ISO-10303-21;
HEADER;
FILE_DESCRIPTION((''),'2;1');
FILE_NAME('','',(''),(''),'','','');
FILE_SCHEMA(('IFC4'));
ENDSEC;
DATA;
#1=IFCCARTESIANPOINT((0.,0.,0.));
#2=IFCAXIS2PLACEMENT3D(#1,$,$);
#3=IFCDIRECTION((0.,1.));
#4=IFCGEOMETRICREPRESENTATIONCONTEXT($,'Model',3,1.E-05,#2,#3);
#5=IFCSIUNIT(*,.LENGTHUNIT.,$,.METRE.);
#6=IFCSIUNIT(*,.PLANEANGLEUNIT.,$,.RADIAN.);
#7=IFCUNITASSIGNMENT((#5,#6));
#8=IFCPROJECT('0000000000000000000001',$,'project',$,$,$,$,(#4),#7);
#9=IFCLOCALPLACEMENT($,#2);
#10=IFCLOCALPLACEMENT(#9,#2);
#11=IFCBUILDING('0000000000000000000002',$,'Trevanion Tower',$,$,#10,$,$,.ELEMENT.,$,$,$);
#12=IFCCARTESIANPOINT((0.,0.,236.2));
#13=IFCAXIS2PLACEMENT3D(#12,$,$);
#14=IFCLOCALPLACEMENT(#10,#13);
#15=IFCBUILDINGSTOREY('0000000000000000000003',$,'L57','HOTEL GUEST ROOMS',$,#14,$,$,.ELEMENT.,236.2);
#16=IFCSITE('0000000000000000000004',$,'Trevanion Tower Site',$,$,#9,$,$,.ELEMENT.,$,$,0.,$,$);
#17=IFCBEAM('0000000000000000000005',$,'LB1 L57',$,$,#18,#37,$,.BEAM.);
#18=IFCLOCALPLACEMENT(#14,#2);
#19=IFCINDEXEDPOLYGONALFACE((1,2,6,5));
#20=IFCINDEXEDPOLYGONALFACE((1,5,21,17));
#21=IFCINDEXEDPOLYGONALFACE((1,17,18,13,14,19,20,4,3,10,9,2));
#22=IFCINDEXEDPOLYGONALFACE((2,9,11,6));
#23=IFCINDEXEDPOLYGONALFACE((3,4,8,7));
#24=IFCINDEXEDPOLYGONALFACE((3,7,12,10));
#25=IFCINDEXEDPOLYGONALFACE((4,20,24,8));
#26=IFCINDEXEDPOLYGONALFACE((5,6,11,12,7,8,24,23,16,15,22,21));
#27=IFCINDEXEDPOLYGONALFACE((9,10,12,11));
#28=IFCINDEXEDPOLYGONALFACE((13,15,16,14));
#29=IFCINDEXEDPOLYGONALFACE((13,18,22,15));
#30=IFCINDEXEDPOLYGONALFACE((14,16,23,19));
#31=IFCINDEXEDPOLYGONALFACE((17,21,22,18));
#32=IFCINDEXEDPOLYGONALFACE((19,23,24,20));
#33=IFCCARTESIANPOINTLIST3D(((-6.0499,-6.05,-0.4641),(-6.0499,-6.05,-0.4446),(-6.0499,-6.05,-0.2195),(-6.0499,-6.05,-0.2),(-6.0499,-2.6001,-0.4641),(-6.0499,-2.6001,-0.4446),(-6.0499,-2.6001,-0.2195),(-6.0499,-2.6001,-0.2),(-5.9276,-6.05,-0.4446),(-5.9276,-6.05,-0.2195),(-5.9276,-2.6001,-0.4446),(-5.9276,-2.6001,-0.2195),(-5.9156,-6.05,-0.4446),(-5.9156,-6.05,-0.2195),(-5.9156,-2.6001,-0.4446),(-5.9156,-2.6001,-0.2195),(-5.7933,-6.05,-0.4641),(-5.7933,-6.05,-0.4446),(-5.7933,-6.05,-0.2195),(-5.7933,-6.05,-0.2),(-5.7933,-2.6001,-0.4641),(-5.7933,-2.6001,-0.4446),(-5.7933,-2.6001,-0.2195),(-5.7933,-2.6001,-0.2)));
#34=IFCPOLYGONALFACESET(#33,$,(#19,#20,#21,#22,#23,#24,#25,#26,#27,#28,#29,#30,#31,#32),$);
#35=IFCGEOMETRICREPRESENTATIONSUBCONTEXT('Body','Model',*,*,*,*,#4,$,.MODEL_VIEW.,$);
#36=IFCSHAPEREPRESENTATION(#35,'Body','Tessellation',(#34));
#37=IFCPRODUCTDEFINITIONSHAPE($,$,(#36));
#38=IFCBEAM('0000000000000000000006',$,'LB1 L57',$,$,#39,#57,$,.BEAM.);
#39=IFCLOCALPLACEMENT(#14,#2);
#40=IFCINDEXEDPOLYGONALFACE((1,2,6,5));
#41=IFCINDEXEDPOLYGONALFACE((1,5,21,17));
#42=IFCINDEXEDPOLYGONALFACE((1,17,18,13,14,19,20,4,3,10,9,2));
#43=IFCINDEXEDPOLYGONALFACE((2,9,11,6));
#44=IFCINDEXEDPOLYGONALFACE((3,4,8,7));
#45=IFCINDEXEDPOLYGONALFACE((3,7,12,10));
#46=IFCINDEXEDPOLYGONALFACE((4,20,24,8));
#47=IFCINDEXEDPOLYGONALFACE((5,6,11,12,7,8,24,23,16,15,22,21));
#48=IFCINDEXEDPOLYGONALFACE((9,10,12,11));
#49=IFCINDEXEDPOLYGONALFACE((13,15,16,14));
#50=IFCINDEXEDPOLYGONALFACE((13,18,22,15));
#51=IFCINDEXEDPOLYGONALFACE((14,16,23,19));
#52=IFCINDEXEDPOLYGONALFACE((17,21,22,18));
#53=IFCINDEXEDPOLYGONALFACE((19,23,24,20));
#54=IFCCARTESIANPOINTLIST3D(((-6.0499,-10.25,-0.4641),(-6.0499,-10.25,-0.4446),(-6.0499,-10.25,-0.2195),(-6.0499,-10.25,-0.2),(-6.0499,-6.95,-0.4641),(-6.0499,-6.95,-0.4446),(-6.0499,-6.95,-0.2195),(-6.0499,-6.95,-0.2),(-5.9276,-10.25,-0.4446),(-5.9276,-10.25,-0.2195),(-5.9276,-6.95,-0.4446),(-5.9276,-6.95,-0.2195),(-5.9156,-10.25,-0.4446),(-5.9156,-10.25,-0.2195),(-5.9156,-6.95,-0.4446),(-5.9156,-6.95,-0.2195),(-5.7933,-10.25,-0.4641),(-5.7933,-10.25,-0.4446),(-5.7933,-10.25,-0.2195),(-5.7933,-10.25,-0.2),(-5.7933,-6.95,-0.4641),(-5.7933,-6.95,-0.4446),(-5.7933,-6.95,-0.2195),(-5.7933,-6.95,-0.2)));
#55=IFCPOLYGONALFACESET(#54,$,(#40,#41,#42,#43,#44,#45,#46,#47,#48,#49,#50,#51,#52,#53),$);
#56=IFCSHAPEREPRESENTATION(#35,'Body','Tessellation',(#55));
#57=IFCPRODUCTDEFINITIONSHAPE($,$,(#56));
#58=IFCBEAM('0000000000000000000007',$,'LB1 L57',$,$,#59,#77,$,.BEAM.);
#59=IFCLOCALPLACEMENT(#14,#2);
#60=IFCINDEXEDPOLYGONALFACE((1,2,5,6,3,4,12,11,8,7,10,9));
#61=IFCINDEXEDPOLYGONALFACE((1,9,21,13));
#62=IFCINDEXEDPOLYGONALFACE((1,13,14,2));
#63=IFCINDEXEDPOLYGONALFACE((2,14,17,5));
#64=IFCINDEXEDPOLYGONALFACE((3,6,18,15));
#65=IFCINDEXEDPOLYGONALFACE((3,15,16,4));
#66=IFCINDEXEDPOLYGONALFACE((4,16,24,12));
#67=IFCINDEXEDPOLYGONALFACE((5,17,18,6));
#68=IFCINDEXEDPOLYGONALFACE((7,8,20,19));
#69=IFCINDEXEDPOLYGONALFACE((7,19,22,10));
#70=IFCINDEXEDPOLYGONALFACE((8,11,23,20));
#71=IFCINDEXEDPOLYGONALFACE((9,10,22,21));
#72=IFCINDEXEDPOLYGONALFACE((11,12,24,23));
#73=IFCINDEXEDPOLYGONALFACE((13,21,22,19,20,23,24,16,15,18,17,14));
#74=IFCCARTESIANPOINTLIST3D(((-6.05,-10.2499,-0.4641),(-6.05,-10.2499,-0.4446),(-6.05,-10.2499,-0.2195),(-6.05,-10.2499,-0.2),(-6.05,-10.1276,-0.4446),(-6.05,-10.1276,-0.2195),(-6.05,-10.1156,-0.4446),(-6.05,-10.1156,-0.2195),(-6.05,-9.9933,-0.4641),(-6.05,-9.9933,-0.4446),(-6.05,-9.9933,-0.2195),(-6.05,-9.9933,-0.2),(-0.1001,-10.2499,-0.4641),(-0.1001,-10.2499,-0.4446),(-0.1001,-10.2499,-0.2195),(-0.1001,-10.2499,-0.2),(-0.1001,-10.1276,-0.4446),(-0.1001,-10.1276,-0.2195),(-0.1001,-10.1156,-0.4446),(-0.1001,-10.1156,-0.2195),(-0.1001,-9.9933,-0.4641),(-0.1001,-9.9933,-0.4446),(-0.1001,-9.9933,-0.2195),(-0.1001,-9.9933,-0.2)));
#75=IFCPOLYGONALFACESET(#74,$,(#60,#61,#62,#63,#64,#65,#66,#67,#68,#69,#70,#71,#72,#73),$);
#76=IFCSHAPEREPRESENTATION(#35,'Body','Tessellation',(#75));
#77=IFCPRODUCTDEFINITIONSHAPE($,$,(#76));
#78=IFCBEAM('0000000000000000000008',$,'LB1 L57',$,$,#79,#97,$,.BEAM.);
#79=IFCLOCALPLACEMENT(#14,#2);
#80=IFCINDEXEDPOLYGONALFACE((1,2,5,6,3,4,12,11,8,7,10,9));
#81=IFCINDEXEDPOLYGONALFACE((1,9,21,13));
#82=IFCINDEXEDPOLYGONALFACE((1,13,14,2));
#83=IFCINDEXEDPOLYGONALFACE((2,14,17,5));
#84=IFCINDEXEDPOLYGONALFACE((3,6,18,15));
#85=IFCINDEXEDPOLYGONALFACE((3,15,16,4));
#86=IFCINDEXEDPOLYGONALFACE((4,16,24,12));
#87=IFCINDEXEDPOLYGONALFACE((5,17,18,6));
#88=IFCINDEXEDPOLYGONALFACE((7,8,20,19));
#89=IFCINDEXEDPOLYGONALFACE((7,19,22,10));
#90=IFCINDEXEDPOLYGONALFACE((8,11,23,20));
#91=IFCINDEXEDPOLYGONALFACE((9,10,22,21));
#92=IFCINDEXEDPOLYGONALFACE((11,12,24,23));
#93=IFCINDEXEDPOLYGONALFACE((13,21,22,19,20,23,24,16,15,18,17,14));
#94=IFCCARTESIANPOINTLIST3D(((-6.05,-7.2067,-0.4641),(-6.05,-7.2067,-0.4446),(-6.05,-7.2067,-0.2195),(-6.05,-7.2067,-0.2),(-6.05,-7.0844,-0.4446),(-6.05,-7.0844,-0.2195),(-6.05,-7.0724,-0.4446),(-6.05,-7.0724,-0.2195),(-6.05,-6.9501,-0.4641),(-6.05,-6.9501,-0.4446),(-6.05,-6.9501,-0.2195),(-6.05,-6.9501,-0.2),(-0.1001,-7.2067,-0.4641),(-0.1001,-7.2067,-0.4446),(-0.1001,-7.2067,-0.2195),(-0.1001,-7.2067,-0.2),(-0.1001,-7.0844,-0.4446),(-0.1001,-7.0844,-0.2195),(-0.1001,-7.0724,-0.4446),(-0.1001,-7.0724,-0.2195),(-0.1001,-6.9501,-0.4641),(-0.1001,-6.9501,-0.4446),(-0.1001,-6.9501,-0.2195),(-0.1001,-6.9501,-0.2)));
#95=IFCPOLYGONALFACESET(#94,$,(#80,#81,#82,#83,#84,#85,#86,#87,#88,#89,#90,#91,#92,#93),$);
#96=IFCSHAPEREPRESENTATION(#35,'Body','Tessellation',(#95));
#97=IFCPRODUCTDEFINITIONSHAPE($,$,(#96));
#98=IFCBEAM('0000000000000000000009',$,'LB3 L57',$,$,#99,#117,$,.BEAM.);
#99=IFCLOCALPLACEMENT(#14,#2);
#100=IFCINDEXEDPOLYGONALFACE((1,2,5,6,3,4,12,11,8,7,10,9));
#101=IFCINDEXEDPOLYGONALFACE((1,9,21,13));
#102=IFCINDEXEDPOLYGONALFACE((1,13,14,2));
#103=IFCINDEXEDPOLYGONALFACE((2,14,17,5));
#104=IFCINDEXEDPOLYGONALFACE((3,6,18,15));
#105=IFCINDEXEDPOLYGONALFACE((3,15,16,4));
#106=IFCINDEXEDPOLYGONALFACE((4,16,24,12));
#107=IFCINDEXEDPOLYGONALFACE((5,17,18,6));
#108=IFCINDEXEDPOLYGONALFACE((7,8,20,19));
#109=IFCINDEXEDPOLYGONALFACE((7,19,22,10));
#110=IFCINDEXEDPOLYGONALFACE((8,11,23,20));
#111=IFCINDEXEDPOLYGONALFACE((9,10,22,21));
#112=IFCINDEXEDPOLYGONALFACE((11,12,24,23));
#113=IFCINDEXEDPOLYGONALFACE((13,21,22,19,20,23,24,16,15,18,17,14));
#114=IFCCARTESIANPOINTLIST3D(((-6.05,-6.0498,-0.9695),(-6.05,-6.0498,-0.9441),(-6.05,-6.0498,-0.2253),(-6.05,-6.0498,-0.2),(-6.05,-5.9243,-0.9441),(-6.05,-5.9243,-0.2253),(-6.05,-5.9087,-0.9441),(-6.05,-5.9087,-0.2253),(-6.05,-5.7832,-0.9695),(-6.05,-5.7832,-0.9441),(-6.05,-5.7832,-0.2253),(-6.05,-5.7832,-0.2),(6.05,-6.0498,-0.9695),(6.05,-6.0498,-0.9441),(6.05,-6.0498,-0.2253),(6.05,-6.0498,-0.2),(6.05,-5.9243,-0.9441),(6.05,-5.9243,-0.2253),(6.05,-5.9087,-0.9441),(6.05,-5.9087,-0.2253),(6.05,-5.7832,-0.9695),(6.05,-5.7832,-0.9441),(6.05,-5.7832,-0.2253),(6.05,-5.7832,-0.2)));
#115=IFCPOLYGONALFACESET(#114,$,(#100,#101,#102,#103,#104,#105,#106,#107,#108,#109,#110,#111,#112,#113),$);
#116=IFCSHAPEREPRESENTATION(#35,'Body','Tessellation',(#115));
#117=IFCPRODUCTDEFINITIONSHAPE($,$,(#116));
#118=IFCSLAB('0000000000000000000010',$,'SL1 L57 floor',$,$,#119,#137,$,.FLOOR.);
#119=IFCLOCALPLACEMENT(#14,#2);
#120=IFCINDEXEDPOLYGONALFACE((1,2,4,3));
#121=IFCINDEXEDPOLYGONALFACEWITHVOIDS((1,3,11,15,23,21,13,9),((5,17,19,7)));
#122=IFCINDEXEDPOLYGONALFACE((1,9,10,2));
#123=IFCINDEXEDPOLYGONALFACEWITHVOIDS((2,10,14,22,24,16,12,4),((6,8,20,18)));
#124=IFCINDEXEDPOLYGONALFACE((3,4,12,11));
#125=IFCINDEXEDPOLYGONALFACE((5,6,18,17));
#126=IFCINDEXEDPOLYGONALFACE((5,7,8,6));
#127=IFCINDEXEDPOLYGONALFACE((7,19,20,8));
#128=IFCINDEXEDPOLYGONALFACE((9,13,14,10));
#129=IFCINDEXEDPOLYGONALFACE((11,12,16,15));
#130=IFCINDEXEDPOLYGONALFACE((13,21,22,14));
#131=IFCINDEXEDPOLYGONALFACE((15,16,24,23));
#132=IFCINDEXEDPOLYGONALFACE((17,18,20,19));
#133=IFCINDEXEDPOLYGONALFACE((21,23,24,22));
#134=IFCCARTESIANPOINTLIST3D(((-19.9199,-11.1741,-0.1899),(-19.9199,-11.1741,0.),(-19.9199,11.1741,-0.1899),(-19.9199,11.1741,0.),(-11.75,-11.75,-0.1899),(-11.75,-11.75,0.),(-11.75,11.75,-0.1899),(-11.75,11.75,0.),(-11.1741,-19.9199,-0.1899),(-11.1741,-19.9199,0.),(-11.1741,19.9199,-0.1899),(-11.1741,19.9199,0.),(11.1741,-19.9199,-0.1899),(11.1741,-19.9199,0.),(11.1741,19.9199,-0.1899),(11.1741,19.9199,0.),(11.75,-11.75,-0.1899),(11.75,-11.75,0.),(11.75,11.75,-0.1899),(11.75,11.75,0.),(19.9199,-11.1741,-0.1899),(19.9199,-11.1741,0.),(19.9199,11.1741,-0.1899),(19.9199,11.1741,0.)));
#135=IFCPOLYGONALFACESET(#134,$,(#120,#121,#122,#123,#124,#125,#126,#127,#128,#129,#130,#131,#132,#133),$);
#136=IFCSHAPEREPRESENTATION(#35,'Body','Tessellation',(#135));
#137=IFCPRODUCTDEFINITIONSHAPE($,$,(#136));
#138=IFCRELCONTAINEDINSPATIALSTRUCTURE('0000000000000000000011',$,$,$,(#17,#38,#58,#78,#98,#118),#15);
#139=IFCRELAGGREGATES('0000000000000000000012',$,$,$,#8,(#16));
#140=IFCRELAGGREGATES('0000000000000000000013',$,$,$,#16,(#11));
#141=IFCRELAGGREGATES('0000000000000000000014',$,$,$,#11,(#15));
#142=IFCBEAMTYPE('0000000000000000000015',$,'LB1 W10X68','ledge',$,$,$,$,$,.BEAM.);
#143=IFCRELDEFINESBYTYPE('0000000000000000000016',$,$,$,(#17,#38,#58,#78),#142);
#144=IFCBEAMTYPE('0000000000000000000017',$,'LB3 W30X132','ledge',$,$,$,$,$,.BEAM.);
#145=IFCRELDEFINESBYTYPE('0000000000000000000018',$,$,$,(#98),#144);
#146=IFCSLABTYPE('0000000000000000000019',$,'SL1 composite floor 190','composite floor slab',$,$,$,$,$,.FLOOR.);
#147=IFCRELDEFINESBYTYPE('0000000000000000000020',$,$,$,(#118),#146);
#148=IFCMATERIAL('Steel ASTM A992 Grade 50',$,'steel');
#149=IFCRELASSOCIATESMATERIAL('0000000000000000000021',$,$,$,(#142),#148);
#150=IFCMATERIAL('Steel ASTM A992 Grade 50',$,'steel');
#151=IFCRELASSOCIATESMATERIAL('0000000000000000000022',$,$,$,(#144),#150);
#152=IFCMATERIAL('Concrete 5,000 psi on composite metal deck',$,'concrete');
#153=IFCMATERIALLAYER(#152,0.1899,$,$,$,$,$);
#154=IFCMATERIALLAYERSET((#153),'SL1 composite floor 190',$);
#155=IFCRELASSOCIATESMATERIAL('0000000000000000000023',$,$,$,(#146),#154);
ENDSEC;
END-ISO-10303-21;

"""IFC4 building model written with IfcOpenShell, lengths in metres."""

from ifc_helpers import new_model, si_unit, direction, frame, origin, origin_2d, place, context, subcontext, project, spatial, polyline, i_section, outline, extrude, material, layer, layer_set, material_profile, profile_set, type_object, element, save


model = new_model("IFC4")

# Units and contexts
model_context = context("Model", 3, precision=1e-05, world=origin(), true_north=direction((0.0, 1.0)))
body_context = subcontext(model_context, "Body", "Model", "MODEL_VIEW")
ifc_project = project(units=[si_unit("LENGTHUNIT", "METRE"), si_unit("PLANEANGLEUNIT", "RADIAN")], contexts=[model_context])

# Site, building, storey
site_placement = place(None, origin())
site = spatial("IfcSite", under=ifc_project, at=site_placement, Name="Trevanion Tower Site", CompositionType="ELEMENT", RefElevation=0.0)
building_placement = place(site_placement, origin())
building = spatial("IfcBuilding", under=site, at=building_placement, Name="Trevanion Tower", CompositionType="ELEMENT")
storey_placement = place(building_placement, frame((0.0, 0.0, 236.2)))
storey = spatial("IfcBuildingStorey", under=building, at=storey_placement, Name="L57", Description="HOTEL GUEST ROOMS", CompositionType="ELEMENT", Elevation=236.2)

# Beams
ifc_material_1 = material(Name="Steel ASTM A992 Grade 50", Category="steel")
ifc_material_profile_1 = material_profile(ifc_material_1, i_section(OverallWidth=0.2566, OverallDepth=0.2642, WebThickness=0.012, FlangeThickness=0.0195, at=origin_2d()), Name="W10X68")
ifc_profile_set_1 = profile_set([ifc_material_profile_1], Name="Steel ASTM A992 Grade 50")
beam_type_1 = type_object("IfcBeamType", Name="LB1 W10X68", Description="ledge", PredefinedType="BEAM", material=ifc_profile_set_1)
beam_1_placement = place(storey_placement, frame((-5.9216, -6.05, -0.332), z_axis=(0.0, 1.0, 0.0), x_axis=(-1.0, 0.0, 0.0)))
element("IfcBeam", 1, at=beam_1_placement, inside=storey, type_object=beam_type_1, Name="LB1 L57", PredefinedType="BEAM", context=body_context, shape_type="SweptSolid", body=[
    extrude(i_section(OverallWidth=0.2566, OverallDepth=0.2642, WebThickness=0.012, FlangeThickness=0.0195, at=origin_2d()), origin(), (0.0, 0.0, 1.0), 3.45),
])
beam_2_placement = place(storey_placement, frame((-5.9216, -10.25, -0.332), z_axis=(0.0, 1.0, 0.0), x_axis=(-1.0, 0.0, 0.0)))
element("IfcBeam", 2, at=beam_2_placement, inside=storey, type_object=beam_type_1, Name="LB1 L57", PredefinedType="BEAM", context=body_context, shape_type="SweptSolid", body=[
    extrude(i_section(OverallWidth=0.2566, OverallDepth=0.2642, WebThickness=0.012, FlangeThickness=0.0195, at=origin_2d()), origin(), (0.0, 0.0, 1.0), 3.3),
])
for number, where, z_axis, x_axis, name in (
    (3, (-6.05, -10.1216, -0.332), (1.0, 0.0, 0.0), (0.0, 1.0, 0.0), "LB1 L57"),
    (4, (-6.05, -7.0784, -0.332), (1.0, 0.0, 0.0), (0.0, 1.0, 0.0), "LB1 L57"),
):
    element("IfcBeam", number, at=place(storey_placement, frame(where, z_axis=z_axis, x_axis=x_axis)), inside=storey, type_object=beam_type_1, Name=name, PredefinedType="BEAM", context=body_context, shape_type="SweptSolid", body=[
        extrude(i_section(OverallWidth=0.2566, OverallDepth=0.2642, WebThickness=0.012, FlangeThickness=0.0195, at=origin_2d()), origin(), (0.0, 0.0, 1.0), 5.95),
    ])
ifc_material_2 = material(Name="Steel ASTM A992 Grade 50", Category="steel")
ifc_material_profile_2 = material_profile(ifc_material_2, i_section(OverallWidth=0.2666, OverallDepth=0.7695, WebThickness=0.0156, FlangeThickness=0.0254, at=origin_2d()), Name="W30X132")
ifc_profile_set_2 = profile_set([ifc_material_profile_2], Name="Steel ASTM A992 Grade 50")
beam_type_2 = type_object("IfcBeamType", Name="LB3 W30X132", Description="ledge", PredefinedType="BEAM", material=ifc_profile_set_2)
beam_3_placement = place(storey_placement, frame((-6.05, -5.9165, -0.5847), z_axis=(1.0, 0.0, 0.0), x_axis=(0.0, 1.0, 0.0)))
element("IfcBeam", 5, at=beam_3_placement, inside=storey, type_object=beam_type_2, Name="LB3 L57", PredefinedType="BEAM", context=body_context, shape_type="SweptSolid", body=[
    extrude(i_section(OverallWidth=0.2666, OverallDepth=0.7695, WebThickness=0.0156, FlangeThickness=0.0254, at=origin_2d()), origin(), (0.0, 0.0, 1.0), 12.1001),
])

# Slab
ifc_material_3 = material(Name="Concrete 5,000 psi on composite metal deck", Category="concrete")
ifc_layer_1 = layer(ifc_material_3, 0.1899)
ifc_layer_set_1 = layer_set([ifc_layer_1], Name="SL1 composite floor 190")
slab_type = type_object("IfcSlabType", Name="SL1 composite floor 190", Description="composite floor slab", PredefinedType="FLOOR", material=ifc_layer_set_1)
slab_placement = place(storey_placement, frame((0.0, 0.0, -0.1899)))
element("IfcSlab", 6, at=slab_placement, inside=storey, type_object=slab_type, Name="SL1 L57 floor", PredefinedType="FLOOR", context=body_context, shape_type="SweptSolid", body=[
    extrude(outline(polyline([(19.9199, -11.1741), (19.9199, 11.1741), (11.1741, 19.9199), (-11.1741, 19.9199), (-19.9199, 11.1741), (-19.9199, -11.1741), (-11.1741, -19.9199), (11.1741, -19.9199), (19.9199, -11.1741)]), holes=[polyline([(11.75, -11.75), (11.75, 11.75), (-11.75, 11.75), (-11.75, -11.75), (11.75, -11.75)])]), origin(), (0.0, 0.0, 1.0), 0.1899),
])

save(model, "model.ifc")
